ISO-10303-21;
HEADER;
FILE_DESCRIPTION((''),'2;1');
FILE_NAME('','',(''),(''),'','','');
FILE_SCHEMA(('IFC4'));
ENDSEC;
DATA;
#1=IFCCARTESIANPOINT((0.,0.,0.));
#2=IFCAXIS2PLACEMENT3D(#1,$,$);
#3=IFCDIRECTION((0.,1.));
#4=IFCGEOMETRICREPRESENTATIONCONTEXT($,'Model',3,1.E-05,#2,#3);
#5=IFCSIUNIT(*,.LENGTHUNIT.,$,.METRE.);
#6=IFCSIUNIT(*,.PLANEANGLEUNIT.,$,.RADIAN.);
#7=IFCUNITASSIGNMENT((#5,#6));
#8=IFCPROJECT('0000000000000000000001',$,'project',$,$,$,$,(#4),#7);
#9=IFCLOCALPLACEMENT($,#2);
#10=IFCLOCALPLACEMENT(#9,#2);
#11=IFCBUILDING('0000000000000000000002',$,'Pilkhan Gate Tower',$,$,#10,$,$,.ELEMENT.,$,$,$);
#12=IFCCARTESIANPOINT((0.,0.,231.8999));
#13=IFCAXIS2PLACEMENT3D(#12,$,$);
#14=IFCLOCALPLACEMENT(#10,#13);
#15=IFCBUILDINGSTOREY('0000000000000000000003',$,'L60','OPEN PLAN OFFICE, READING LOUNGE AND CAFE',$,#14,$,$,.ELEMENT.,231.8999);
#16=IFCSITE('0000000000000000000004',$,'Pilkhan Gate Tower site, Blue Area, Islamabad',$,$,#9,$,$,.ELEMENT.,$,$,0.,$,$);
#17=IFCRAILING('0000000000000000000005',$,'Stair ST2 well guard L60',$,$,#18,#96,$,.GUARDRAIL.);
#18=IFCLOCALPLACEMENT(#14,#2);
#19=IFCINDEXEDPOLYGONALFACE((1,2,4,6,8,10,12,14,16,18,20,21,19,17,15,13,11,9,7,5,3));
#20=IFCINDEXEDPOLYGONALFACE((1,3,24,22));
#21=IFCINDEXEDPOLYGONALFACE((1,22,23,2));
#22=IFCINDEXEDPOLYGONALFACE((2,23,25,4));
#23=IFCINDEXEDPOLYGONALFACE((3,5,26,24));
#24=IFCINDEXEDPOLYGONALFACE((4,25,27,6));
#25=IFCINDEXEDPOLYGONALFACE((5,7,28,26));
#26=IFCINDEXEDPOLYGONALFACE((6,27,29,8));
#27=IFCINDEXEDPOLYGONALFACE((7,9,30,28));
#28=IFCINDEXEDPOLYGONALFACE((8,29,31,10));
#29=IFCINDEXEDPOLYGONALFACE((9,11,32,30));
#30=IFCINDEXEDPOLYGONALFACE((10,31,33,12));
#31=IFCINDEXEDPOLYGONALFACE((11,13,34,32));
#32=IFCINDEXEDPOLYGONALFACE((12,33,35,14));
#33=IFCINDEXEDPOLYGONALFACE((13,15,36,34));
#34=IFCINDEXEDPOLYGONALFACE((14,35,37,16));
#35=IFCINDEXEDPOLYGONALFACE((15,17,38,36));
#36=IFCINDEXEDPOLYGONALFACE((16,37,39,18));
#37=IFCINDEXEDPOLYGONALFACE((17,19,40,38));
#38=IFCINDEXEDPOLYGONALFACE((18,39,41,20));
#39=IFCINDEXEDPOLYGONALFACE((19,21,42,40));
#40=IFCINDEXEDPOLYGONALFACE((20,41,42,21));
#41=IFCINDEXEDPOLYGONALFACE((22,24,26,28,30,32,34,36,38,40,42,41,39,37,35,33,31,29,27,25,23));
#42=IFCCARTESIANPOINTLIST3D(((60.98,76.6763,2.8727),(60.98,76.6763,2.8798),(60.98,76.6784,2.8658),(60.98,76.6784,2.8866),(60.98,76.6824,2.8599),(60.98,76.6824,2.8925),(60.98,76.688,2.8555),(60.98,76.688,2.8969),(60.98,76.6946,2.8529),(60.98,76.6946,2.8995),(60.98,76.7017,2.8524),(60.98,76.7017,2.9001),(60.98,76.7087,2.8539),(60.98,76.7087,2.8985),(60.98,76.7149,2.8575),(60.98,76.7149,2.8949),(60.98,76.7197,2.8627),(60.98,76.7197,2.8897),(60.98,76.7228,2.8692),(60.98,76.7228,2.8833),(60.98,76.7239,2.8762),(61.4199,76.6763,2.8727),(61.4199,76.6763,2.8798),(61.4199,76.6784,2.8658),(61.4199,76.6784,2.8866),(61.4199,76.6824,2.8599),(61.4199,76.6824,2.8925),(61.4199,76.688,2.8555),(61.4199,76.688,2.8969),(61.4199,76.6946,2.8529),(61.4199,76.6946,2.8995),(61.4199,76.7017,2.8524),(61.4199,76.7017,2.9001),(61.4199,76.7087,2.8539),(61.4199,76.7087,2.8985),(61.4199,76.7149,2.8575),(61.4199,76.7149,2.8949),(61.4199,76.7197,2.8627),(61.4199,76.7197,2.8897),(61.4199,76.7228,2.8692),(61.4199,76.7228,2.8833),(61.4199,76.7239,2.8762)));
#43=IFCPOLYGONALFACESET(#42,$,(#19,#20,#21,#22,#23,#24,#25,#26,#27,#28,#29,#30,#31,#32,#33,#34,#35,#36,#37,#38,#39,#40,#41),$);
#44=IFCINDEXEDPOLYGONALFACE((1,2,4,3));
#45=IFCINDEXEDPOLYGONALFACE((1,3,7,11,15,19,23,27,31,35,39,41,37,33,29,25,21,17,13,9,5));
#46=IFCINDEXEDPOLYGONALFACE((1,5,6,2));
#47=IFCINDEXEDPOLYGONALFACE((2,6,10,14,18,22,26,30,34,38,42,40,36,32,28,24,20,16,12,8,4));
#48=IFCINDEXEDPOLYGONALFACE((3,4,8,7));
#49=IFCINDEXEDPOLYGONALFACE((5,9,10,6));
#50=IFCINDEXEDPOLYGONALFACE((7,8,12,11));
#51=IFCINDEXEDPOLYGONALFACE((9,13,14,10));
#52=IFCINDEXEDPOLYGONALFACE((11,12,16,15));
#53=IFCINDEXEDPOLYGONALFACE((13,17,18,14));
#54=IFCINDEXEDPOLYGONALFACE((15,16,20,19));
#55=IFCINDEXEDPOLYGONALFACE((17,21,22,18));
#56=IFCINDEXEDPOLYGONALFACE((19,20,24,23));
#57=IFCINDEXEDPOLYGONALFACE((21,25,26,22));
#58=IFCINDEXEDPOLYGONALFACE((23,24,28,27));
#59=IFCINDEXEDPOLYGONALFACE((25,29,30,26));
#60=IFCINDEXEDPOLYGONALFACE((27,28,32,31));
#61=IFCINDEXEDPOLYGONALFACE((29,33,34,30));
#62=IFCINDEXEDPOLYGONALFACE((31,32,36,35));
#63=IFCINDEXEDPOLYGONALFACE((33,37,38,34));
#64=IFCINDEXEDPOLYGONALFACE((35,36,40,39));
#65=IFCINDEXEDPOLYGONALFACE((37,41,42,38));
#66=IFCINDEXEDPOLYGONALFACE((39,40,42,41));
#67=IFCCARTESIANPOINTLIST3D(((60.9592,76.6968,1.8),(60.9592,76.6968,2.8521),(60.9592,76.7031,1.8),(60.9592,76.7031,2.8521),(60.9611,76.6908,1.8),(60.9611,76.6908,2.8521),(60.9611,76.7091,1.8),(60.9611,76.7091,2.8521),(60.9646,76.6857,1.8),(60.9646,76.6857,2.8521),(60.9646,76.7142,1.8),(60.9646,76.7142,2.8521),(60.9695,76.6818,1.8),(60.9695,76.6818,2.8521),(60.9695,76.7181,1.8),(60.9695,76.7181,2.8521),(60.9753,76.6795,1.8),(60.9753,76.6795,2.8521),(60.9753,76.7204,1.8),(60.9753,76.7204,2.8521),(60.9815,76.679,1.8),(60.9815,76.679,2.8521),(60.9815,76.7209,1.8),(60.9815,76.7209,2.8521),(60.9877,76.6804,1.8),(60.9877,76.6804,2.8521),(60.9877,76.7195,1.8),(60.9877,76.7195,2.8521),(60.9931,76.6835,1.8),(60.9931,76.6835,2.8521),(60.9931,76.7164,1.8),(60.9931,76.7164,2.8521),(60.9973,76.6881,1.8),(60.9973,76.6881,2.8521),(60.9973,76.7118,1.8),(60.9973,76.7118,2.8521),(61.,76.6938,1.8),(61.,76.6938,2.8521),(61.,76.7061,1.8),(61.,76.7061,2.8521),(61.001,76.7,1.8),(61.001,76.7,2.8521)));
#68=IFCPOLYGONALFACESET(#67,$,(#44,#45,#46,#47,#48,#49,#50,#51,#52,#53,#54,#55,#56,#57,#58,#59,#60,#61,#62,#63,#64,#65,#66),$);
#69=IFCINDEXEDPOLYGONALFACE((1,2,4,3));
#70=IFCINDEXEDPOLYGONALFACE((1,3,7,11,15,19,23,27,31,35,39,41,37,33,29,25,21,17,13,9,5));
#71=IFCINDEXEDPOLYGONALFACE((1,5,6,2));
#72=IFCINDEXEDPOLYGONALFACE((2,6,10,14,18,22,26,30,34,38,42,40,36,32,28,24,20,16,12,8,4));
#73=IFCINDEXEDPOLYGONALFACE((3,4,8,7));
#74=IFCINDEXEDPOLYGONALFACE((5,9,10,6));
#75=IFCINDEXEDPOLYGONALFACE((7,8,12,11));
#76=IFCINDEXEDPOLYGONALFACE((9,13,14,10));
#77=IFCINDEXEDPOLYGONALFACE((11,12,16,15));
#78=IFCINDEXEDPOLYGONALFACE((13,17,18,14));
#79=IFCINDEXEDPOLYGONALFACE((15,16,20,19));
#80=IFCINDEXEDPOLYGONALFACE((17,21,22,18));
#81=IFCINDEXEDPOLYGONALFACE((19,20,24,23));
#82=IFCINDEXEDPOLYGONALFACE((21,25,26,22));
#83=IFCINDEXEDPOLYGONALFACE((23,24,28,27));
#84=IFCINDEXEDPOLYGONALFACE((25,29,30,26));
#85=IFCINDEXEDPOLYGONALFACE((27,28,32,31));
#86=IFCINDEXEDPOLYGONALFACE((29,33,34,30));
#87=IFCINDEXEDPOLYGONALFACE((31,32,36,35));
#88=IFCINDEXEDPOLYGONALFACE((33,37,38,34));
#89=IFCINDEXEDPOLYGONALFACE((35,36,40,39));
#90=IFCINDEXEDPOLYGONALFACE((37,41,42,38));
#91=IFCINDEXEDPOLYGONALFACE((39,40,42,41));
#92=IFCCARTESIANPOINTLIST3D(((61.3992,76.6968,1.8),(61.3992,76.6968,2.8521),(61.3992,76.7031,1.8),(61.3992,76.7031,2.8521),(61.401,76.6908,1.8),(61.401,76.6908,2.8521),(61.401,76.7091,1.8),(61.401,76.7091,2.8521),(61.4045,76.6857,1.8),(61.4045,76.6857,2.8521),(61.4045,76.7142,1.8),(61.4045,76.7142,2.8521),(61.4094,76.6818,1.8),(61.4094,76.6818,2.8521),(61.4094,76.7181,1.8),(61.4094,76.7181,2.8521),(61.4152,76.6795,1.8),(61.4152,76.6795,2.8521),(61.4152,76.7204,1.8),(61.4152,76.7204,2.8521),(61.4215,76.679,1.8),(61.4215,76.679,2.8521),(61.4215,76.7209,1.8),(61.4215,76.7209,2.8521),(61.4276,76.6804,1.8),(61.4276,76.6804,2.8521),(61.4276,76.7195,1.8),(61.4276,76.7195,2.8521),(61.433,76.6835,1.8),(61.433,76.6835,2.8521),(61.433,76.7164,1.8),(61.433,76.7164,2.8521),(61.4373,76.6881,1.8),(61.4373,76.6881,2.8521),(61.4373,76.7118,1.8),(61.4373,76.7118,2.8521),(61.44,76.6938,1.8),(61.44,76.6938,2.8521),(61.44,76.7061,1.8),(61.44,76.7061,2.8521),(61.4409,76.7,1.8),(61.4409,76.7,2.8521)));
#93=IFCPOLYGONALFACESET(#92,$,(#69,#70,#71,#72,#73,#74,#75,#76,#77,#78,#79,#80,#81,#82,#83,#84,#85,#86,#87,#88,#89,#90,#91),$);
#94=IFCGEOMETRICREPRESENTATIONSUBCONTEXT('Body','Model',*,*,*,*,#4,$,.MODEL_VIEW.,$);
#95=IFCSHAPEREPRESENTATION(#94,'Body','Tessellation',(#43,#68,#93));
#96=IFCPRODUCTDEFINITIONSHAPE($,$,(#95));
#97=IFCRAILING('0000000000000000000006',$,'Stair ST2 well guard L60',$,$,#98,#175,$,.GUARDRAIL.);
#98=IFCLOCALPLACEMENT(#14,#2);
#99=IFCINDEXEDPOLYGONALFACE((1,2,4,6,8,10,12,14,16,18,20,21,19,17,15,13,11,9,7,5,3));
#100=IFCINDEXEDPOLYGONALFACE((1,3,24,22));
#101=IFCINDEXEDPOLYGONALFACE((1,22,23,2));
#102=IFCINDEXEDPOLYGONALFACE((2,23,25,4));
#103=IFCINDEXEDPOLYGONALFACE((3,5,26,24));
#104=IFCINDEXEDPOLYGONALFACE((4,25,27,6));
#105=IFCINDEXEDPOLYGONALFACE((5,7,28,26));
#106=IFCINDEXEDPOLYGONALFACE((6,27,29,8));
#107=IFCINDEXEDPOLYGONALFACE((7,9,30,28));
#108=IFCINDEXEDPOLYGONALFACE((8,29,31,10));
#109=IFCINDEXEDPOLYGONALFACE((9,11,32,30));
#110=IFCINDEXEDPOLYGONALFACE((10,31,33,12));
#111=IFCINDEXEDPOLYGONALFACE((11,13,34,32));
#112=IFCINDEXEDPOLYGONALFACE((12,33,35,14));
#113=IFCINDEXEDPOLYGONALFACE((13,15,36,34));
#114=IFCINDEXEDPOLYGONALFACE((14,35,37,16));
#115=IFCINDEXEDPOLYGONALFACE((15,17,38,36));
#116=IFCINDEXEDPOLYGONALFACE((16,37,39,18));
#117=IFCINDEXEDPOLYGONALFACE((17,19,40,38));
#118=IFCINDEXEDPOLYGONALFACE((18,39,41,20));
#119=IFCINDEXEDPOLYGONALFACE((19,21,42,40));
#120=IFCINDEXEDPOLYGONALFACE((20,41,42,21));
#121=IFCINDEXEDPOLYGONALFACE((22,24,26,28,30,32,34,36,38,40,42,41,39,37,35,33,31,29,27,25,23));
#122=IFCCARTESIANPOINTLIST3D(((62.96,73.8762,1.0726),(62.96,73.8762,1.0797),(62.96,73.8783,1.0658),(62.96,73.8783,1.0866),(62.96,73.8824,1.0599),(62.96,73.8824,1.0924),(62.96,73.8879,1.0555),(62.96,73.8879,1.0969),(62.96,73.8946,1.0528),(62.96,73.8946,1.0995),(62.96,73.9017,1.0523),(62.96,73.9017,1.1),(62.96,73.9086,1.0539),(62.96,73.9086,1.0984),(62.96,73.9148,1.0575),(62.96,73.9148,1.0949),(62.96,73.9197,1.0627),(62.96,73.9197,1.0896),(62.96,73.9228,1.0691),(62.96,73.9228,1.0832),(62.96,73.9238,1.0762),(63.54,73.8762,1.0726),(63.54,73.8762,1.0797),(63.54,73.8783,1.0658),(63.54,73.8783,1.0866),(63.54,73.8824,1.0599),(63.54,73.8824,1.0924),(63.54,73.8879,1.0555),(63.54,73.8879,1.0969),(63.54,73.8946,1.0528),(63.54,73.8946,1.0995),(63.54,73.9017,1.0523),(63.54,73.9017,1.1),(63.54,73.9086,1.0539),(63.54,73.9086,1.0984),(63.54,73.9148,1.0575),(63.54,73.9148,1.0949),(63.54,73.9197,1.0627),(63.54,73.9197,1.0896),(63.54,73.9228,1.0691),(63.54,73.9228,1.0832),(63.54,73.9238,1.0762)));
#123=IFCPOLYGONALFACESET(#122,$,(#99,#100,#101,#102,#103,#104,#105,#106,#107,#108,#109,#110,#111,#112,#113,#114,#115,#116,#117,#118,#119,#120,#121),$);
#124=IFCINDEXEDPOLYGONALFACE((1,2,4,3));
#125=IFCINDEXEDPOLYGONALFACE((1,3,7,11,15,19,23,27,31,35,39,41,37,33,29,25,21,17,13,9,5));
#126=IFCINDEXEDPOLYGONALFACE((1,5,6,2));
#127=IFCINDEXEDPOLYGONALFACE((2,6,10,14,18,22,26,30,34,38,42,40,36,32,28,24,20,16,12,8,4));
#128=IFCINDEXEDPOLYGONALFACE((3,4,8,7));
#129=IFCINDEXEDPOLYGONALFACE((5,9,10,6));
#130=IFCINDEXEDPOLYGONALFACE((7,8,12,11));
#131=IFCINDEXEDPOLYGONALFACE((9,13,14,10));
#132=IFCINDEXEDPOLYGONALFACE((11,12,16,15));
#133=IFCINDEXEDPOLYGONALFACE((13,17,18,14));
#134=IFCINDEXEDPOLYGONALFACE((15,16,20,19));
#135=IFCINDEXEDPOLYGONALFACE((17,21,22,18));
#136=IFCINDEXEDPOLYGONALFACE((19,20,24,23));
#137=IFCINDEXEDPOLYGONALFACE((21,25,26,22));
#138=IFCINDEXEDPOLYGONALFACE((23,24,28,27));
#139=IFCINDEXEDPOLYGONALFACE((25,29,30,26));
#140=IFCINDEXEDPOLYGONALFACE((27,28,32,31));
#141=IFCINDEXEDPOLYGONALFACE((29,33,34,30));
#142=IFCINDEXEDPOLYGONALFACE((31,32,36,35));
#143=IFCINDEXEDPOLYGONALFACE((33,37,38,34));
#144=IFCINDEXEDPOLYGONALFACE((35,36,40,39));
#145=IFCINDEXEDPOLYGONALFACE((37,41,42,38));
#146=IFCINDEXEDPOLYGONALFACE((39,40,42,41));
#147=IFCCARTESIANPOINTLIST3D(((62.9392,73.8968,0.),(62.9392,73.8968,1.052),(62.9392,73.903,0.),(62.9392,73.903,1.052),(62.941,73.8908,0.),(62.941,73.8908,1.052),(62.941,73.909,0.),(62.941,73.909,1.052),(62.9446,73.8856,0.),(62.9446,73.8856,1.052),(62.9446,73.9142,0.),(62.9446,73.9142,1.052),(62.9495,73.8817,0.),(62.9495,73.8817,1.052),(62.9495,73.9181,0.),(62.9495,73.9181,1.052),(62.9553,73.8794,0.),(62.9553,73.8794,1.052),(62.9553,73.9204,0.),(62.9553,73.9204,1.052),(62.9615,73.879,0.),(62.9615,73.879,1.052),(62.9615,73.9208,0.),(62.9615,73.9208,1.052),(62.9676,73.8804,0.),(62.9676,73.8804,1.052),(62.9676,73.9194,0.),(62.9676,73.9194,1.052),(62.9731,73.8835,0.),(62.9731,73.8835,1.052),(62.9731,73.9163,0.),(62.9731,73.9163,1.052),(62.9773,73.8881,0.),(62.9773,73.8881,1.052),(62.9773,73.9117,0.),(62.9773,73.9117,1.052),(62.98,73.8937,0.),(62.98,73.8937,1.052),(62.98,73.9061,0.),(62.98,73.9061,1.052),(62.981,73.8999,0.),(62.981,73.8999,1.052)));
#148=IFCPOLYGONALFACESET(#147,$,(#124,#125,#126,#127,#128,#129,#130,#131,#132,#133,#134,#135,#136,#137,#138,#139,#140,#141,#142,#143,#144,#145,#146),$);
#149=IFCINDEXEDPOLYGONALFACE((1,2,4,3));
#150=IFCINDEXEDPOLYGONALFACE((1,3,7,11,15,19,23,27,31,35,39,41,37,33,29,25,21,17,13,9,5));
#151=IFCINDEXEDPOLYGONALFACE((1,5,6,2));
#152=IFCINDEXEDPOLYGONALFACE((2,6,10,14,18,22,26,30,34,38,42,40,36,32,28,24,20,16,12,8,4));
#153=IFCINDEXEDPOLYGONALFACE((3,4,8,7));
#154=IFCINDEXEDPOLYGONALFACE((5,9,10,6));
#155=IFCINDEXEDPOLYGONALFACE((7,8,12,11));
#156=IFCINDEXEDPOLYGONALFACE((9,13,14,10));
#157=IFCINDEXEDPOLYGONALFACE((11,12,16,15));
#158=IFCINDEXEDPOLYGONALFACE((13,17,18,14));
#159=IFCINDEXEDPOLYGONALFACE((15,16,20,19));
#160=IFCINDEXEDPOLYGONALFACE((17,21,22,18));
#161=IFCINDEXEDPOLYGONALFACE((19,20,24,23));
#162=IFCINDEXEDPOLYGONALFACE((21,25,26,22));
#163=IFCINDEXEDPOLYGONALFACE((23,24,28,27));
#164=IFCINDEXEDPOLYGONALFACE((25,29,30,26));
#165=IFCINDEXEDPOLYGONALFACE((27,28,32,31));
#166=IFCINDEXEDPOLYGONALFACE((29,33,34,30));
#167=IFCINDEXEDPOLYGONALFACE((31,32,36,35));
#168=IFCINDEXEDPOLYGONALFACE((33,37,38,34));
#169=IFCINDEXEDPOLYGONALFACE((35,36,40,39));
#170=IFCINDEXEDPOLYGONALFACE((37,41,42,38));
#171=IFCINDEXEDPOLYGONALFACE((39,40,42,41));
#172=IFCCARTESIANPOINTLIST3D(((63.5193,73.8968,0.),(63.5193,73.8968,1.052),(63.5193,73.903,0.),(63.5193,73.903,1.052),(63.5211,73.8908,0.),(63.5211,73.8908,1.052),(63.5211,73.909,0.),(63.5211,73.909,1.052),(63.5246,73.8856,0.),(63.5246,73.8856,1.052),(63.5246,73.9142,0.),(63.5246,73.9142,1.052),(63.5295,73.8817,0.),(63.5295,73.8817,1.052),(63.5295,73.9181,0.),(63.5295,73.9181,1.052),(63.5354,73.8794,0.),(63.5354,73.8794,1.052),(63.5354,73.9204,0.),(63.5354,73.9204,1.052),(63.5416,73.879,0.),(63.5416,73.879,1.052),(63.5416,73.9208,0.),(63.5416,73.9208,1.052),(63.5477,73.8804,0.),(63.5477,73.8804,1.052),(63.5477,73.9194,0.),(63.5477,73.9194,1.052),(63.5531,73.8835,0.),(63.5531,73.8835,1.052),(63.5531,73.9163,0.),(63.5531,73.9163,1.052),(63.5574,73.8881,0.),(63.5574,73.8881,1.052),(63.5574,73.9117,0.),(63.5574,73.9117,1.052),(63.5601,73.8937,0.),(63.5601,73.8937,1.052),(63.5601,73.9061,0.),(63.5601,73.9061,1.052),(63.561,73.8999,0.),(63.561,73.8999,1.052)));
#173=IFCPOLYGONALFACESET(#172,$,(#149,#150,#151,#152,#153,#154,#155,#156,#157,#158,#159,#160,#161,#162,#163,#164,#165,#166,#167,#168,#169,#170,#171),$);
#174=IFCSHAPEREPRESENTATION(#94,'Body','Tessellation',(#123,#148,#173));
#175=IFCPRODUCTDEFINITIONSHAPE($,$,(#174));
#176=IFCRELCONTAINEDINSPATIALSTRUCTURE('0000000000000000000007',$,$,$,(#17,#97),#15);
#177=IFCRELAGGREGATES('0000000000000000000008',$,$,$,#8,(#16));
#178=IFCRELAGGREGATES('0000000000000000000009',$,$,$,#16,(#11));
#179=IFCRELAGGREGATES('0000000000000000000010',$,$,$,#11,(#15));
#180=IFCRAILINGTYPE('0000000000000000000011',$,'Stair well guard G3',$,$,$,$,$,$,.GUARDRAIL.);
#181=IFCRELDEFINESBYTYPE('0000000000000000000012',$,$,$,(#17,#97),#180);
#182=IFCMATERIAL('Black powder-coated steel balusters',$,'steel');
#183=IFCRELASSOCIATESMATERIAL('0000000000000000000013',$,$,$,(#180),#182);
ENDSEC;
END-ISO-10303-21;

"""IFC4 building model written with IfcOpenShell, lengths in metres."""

from ifc_helpers import new_model, si_unit, direction, frame, origin, origin_2d, place, context, subcontext, project, spatial, circle, extrude, material, type_object, element, save


model = new_model("IFC4")

# Units and contexts
model_context = context("Model", 3, precision=1e-05, world=origin(), true_north=direction((0.0, 1.0)))
body_context = subcontext(model_context, "Body", "Model", "MODEL_VIEW")
ifc_project = project(units=[si_unit("LENGTHUNIT", "METRE"), si_unit("PLANEANGLEUNIT", "RADIAN")], contexts=[model_context])

# Site, building, storey
site_placement = place(None, origin())
site = spatial("IfcSite", under=ifc_project, at=site_placement, Name="Pilkhan Gate Tower site, Blue Area, Islamabad", CompositionType="ELEMENT", RefElevation=0.0)
building_placement = place(site_placement, origin())
building = spatial("IfcBuilding", under=site, at=building_placement, Name="Pilkhan Gate Tower", CompositionType="ELEMENT")
storey_placement = place(building_placement, frame((0.0, 0.0, 231.8999)))
storey = spatial("IfcBuildingStorey", under=building, at=storey_placement, Name="L60", Description="OPEN PLAN OFFICE, READING LOUNGE AND CAFE", CompositionType="ELEMENT", Elevation=231.8999)

# Railings
ifc_material_1 = material(Name="Black powder-coated steel balusters", Category="steel")
railing_type_1 = type_object("IfcRailingType", Name="Stair well guard G3", PredefinedType="GUARDRAIL", material=ifc_material_1)
railing_placement = place(storey_placement, frame((60.98, 76.7, 1.8)))
element("IfcRailing", 1, at=railing_placement, inside=storey, type_object=railing_type_1, Name="Stair ST2 well guard L60", PredefinedType="GUARDRAIL", context=body_context, shape_type="SweptSolid", body=[
    extrude(circle(Radius=0.0239, at=origin_2d()), frame((0.0, 0.0, 1.0762), z_axis=(1.0, 0.0, 0.0), x_axis=(0.0, 1.0, 0.0)), (0.0, 0.0, 1.0), 0.4399),
    extrude(circle(Radius=0.021, at=origin_2d()), origin(), (0.0, 0.0, 1.0), 1.052),
    extrude(circle(Radius=0.021, at=origin_2d()), frame((0.4399, 0.0, 0.0)), (0.0, 0.0, 1.0), 1.052),
])
for number, where, name in (
    (2, (62.96, 73.8999, 0.0), "Stair ST2 well guard L60"),
):
    element("IfcRailing", number, at=place(storey_placement, frame(where)), inside=storey, type_object=railing_type_1, Name=name, PredefinedType="GUARDRAIL", context=body_context, shape_type="SweptSolid", body=[
        extrude(circle(Radius=0.0239, at=origin_2d()), frame((0.0, 0.0, 1.0762), z_axis=(1.0, 0.0, 0.0), x_axis=(0.0, 1.0, 0.0)), (0.0, 0.0, 1.0), 0.5801),
        extrude(circle(Radius=0.021, at=origin_2d()), origin(), (0.0, 0.0, 1.0), 1.052),
        extrude(circle(Radius=0.021, at=origin_2d()), frame((0.5801, 0.0, 0.0)), (0.0, 0.0, 1.0), 1.052),
    ])

save(model, "model.ifc")
